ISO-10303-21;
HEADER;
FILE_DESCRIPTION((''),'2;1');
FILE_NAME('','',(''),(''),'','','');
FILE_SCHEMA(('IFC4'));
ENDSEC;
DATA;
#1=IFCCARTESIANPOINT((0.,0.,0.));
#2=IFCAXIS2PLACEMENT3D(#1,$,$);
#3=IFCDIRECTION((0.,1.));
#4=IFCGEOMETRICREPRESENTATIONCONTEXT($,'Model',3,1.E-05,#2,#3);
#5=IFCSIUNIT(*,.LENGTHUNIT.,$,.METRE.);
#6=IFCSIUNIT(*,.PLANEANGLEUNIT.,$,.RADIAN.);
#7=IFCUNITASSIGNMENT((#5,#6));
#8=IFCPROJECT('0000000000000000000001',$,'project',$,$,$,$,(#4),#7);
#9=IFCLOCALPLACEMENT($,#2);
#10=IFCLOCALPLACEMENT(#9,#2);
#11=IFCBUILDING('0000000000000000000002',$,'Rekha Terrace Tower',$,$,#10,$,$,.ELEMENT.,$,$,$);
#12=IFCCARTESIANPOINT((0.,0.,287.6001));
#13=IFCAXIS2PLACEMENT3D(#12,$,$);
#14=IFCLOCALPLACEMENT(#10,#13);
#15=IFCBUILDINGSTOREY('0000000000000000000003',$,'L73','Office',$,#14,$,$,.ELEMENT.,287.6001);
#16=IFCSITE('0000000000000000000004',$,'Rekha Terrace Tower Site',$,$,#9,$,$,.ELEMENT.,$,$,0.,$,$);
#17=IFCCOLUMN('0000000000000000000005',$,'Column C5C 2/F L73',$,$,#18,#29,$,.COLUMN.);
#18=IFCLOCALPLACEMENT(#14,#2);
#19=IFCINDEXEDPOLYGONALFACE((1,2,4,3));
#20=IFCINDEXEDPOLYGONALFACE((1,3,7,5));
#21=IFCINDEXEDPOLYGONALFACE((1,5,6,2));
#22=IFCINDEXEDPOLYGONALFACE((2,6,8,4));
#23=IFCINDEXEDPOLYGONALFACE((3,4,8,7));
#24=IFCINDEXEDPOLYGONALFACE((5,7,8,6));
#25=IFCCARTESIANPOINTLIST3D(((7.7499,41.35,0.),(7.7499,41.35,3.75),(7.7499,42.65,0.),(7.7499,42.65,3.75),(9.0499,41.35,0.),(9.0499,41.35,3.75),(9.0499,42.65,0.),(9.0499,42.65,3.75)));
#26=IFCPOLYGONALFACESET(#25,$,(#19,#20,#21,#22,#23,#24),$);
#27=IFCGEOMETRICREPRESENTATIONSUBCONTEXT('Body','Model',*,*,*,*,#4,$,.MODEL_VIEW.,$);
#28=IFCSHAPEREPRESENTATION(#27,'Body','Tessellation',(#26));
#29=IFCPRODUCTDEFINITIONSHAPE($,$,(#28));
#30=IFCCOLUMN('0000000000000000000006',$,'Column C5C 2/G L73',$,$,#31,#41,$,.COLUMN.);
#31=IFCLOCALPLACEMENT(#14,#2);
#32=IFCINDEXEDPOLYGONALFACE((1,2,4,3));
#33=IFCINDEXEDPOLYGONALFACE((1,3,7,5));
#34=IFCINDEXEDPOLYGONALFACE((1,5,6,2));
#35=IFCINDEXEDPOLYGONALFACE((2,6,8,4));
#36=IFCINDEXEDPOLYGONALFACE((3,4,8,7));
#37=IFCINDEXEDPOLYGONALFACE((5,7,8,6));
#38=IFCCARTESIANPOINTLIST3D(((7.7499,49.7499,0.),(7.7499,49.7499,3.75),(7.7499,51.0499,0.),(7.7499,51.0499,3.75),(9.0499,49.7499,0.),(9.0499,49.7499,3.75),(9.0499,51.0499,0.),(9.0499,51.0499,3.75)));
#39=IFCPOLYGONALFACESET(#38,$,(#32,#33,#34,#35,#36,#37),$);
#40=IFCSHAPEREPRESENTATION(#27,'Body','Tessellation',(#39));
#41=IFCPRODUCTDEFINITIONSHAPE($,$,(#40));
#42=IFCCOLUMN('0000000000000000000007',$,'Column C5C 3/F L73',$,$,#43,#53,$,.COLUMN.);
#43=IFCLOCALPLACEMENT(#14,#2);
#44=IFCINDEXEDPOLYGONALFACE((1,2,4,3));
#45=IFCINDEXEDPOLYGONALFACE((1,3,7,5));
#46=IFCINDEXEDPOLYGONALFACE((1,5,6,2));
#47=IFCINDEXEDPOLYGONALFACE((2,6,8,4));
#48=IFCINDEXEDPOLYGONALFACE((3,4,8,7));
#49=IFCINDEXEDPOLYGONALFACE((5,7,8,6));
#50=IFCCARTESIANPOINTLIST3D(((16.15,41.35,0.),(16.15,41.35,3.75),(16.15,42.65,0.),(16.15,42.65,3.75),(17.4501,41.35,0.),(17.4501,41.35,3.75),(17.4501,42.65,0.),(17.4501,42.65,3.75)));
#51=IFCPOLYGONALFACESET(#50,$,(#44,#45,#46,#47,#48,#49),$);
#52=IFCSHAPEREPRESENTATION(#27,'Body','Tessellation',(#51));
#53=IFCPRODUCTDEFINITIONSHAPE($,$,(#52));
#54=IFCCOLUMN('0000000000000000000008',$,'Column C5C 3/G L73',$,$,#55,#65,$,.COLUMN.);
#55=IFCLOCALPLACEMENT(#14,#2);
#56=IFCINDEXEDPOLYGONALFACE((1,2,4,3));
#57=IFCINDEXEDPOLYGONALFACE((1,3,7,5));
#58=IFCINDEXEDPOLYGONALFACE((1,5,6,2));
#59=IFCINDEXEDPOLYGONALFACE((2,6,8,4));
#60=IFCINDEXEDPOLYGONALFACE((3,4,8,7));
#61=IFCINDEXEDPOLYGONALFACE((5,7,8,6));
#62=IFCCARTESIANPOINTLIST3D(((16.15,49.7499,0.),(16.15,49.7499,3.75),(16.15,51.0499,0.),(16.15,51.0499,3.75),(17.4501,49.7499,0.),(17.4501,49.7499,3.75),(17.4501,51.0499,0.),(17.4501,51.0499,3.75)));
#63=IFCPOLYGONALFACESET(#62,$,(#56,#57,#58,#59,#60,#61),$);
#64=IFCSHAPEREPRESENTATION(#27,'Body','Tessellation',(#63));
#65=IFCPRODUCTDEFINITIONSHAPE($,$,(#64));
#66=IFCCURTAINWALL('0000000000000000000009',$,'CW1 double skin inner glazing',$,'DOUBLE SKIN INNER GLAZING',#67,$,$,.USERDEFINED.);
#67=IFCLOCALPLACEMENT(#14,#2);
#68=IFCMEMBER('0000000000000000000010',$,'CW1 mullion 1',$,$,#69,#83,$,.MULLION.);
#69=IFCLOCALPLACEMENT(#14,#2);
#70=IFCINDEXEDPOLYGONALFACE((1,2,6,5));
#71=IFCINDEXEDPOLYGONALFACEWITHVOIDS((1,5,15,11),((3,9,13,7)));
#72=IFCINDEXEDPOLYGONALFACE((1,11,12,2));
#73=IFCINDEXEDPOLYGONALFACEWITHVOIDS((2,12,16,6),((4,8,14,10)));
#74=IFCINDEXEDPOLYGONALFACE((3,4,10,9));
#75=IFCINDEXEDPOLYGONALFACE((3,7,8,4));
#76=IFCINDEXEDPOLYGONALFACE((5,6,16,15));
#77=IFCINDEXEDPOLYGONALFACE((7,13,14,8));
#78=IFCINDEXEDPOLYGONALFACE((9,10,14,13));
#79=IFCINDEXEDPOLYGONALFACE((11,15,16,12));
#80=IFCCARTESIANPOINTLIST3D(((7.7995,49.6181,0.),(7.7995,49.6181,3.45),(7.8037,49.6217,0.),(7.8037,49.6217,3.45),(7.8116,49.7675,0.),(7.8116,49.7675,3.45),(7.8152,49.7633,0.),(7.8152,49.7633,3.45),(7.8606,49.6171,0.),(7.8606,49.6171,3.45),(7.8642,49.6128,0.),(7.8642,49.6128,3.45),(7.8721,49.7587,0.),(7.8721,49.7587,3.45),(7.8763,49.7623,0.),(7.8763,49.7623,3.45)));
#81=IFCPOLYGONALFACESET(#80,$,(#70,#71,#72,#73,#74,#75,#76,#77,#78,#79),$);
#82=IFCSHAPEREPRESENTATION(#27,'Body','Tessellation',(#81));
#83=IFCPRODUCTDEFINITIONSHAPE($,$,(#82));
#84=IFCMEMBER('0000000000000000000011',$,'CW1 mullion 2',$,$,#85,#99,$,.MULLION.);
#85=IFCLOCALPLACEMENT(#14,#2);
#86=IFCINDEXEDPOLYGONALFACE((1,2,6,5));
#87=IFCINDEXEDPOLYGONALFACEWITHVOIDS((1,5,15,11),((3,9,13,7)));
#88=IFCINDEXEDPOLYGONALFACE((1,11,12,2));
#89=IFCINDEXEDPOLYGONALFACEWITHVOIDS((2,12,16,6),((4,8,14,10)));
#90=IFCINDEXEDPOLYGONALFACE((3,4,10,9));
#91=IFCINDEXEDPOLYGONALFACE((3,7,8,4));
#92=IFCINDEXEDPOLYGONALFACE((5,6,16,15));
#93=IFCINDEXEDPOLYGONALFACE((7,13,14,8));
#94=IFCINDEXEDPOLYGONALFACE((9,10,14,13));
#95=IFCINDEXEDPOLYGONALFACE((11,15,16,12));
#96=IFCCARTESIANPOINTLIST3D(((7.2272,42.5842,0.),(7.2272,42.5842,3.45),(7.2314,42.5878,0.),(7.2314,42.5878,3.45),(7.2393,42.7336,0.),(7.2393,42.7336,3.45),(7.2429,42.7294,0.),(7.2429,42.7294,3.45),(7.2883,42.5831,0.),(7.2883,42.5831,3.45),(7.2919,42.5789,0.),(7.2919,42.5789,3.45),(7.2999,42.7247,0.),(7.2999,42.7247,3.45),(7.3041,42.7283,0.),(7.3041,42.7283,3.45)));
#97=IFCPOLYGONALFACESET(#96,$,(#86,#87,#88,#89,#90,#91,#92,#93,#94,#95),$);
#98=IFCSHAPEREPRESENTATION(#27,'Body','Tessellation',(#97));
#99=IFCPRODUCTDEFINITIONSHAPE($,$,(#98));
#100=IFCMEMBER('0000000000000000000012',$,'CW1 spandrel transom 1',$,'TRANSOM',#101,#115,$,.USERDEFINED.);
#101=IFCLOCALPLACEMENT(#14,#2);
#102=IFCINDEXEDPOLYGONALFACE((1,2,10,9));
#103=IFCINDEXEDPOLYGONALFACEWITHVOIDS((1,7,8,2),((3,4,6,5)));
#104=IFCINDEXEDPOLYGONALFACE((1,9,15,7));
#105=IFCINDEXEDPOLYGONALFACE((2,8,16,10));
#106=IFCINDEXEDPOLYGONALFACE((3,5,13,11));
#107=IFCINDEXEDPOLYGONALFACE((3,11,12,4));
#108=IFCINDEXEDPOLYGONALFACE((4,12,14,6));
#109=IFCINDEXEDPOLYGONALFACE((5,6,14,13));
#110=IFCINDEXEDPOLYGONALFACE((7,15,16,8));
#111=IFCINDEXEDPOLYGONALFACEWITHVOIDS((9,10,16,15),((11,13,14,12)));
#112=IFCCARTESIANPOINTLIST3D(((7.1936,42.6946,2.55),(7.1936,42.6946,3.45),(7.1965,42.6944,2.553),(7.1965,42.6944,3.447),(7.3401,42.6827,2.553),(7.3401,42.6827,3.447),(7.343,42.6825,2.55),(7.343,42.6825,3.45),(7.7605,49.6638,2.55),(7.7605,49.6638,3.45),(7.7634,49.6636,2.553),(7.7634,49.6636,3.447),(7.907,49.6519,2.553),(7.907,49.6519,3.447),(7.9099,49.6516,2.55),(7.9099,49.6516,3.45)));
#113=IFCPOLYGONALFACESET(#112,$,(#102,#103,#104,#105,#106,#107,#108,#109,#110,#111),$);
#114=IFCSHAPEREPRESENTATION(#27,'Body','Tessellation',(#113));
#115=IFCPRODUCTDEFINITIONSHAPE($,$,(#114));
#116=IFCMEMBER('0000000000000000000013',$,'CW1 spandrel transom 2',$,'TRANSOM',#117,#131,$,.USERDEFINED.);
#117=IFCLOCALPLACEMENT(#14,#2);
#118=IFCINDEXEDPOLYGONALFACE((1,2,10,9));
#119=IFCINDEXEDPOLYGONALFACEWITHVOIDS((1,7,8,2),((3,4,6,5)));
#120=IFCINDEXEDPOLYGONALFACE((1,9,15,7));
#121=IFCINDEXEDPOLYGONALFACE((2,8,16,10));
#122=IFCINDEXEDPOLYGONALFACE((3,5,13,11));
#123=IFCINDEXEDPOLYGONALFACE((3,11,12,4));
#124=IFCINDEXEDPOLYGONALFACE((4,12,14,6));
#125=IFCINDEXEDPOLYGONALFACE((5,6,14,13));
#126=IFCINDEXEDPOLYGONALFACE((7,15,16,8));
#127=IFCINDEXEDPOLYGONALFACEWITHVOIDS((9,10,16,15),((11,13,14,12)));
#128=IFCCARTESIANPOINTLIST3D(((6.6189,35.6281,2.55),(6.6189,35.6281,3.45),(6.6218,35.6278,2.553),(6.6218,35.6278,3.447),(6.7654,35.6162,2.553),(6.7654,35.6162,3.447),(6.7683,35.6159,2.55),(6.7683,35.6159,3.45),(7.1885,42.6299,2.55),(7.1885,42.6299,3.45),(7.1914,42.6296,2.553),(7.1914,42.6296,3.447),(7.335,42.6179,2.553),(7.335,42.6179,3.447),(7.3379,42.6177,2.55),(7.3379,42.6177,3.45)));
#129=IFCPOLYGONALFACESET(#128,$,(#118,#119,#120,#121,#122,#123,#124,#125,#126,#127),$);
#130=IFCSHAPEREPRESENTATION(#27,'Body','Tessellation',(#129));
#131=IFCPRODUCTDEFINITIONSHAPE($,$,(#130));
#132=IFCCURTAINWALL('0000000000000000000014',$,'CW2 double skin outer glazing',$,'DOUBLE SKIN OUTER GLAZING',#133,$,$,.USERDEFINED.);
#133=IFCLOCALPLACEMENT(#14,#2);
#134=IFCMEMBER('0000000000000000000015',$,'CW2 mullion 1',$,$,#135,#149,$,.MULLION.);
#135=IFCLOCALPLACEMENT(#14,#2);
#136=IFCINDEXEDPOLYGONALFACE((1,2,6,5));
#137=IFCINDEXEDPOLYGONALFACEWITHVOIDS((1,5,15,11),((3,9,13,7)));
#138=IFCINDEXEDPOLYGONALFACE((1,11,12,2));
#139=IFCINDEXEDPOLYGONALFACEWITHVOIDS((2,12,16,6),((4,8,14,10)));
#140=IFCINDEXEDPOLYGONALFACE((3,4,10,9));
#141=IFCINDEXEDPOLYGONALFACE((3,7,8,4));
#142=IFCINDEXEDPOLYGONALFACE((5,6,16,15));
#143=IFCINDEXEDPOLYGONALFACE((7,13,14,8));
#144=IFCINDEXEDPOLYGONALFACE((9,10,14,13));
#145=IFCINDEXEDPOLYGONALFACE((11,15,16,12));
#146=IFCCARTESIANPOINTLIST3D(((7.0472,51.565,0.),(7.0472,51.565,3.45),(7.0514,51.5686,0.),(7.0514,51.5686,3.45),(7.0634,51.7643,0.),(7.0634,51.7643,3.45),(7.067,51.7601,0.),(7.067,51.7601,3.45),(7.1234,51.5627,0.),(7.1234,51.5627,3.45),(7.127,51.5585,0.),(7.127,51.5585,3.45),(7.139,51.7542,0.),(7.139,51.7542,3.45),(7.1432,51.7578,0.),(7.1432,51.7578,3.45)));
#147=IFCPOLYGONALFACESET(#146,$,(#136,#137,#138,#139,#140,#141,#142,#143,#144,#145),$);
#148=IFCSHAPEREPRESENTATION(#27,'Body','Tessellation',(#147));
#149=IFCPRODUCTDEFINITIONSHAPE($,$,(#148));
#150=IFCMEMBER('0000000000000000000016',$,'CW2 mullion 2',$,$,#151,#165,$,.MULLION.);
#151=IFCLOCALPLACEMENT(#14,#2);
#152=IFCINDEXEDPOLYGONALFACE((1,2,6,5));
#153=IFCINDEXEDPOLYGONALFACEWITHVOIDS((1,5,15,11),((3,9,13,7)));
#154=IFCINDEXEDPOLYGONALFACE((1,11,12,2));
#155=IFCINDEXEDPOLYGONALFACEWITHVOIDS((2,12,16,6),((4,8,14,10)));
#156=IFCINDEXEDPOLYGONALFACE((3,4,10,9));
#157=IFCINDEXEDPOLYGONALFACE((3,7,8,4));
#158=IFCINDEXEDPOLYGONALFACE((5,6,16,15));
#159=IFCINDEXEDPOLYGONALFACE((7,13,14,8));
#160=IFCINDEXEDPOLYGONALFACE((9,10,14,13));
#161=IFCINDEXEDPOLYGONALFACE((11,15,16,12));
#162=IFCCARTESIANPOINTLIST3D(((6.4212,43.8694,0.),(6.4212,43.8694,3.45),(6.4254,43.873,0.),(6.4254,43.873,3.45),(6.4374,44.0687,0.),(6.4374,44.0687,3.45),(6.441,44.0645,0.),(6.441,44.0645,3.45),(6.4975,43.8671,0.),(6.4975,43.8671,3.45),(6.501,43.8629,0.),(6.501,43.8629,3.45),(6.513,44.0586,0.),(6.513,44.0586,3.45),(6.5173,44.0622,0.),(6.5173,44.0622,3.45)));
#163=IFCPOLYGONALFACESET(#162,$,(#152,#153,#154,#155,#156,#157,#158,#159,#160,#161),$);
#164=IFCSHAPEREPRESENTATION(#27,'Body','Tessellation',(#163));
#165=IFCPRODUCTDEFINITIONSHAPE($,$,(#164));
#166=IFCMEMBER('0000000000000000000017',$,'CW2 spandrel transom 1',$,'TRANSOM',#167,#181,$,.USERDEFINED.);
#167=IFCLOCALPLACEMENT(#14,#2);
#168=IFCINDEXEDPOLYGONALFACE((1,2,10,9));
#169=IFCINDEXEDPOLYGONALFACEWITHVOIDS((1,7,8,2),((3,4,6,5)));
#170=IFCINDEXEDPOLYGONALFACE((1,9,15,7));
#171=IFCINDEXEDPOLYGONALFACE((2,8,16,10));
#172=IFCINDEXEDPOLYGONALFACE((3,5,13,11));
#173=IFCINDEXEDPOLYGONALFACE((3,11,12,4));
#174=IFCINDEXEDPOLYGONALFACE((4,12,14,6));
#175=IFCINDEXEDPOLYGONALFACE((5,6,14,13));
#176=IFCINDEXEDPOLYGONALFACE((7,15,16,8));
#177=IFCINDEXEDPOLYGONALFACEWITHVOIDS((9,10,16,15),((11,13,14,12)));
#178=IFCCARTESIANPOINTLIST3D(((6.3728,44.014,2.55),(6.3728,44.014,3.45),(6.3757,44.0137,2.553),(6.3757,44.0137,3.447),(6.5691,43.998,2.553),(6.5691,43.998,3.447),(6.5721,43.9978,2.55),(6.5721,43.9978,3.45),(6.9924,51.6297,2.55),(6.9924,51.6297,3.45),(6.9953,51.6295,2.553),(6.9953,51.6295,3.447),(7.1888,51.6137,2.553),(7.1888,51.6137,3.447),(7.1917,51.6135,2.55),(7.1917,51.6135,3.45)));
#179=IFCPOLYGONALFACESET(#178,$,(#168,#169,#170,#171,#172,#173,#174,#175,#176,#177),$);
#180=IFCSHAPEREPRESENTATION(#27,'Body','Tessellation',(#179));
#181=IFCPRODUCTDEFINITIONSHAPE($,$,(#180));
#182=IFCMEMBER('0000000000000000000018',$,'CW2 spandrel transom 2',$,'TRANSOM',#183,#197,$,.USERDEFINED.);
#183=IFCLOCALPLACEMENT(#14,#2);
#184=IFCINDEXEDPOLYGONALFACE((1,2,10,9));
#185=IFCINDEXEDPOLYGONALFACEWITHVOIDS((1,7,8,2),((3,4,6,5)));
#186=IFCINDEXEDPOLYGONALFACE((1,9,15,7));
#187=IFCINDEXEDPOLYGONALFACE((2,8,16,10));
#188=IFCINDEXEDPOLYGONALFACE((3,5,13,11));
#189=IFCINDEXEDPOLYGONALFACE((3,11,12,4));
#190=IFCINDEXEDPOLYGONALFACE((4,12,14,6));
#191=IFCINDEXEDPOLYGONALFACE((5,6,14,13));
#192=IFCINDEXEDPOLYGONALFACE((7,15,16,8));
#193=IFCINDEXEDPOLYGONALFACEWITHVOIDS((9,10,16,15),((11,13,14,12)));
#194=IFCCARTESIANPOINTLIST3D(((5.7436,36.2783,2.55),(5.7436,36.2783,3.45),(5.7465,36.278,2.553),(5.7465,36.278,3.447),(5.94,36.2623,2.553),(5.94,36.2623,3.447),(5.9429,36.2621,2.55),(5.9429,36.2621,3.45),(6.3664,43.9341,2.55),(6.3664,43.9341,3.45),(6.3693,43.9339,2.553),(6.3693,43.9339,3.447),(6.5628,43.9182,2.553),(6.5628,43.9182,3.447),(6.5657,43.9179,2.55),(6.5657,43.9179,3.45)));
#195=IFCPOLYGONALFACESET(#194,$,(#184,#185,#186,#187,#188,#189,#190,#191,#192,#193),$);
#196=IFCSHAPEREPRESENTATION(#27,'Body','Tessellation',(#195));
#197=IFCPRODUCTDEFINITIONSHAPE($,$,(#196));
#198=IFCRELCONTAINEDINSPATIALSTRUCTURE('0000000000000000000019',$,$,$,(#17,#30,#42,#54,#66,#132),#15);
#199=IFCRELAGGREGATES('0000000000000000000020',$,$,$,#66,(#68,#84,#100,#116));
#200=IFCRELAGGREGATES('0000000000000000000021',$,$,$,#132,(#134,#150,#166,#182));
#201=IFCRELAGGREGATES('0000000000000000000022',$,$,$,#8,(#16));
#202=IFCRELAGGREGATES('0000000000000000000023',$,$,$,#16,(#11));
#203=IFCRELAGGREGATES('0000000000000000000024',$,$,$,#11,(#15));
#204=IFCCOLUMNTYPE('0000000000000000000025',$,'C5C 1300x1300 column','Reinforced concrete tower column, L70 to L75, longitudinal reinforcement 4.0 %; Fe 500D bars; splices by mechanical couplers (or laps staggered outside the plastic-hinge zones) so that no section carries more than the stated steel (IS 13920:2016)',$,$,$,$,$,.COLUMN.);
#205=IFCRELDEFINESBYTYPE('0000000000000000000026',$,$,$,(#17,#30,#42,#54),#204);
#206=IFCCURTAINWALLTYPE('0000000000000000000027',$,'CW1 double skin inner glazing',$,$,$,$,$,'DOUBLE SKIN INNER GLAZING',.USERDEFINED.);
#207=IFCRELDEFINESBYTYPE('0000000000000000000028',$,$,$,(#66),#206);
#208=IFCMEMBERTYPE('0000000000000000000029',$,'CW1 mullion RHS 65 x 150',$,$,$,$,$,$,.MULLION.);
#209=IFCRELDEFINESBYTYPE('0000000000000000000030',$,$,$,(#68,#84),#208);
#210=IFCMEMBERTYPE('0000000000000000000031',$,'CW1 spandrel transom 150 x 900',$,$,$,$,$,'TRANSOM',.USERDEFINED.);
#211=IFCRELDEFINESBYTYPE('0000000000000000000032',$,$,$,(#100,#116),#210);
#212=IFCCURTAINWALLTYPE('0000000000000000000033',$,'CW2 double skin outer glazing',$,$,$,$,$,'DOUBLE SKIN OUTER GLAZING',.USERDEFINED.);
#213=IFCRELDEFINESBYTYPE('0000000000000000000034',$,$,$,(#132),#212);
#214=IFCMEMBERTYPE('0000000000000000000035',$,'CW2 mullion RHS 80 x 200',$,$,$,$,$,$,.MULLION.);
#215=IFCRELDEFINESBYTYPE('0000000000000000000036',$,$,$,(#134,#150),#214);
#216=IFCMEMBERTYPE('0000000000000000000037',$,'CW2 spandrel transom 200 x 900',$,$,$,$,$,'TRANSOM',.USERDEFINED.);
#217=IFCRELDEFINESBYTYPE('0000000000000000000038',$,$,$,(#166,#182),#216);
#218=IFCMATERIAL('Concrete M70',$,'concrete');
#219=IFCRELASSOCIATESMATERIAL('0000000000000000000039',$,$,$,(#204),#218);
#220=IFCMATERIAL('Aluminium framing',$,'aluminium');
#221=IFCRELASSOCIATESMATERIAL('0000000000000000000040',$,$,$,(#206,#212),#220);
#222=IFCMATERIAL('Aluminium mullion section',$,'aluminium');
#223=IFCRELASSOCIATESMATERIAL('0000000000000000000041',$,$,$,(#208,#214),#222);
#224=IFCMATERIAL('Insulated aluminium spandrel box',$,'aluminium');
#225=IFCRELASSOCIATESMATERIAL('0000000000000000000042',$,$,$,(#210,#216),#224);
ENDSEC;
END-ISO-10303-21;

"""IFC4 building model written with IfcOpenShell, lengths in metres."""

from ifc_helpers import new_model, si_unit, direction, frame, origin, origin_2d, place, context, subcontext, project, spatial, rectangle, hollow_rectangle, extrude, material, material_profile, profile_set, type_object, element, aggregate, save


model = new_model("IFC4")

# Units and contexts
model_context = context("Model", 3, precision=1e-05, world=origin(), true_north=direction((0.0, 1.0)))
body_context = subcontext(model_context, "Body", "Model", "MODEL_VIEW")
ifc_project = project(units=[si_unit("LENGTHUNIT", "METRE"), si_unit("PLANEANGLEUNIT", "RADIAN")], contexts=[model_context])

# Site, building, storey
site_placement = place(None, origin())
site = spatial("IfcSite", under=ifc_project, at=site_placement, Name="Rekha Terrace Tower Site", CompositionType="ELEMENT", RefElevation=0.0)
building_placement = place(site_placement, origin())
building = spatial("IfcBuilding", under=site, at=building_placement, Name="Rekha Terrace Tower", CompositionType="ELEMENT")
storey_placement = place(building_placement, frame((0.0, 0.0, 287.6001)))
storey = spatial("IfcBuildingStorey", under=building, at=storey_placement, Name="L73", Description="Office", CompositionType="ELEMENT", Elevation=287.6001)

# Columns
ifc_material_1 = material(Name="Concrete M70", Category="concrete")
ifc_material_profile_1 = material_profile(ifc_material_1, rectangle(XDim=1.3, YDim=1.3, at=origin_2d()), Name="RC 1300x1300")
ifc_profile_set_1 = profile_set([ifc_material_profile_1], Name="Concrete M70")
column_type = type_object("IfcColumnType", Name="C5C 1300x1300 column", Description="Reinforced concrete tower column, L70 to L75, longitudinal reinforcement 4.0 %; Fe 500D bars; splices by mechanical couplers (or laps staggered outside the plastic-hinge zones) so that no section carries more than the stated steel (IS 13920:2016)", PredefinedType="COLUMN", material=ifc_profile_set_1)
for number, where, z_axis, x_axis, name in (
    (1, (8.3999, 42.0, 0.0), (0.0, 0.0, 1.0), (1.0, 0.0, 0.0), "Column C5C 2/F L73"),
    (2, (8.3999, 50.3999, 0.0), (0.0, 0.0, 1.0), (1.0, 0.0, 0.0), "Column C5C 2/G L73"),
    (3, (16.8, 42.0, 0.0), (0.0, 0.0, 1.0), (1.0, 0.0, 0.0), "Column C5C 3/F L73"),
    (4, (16.8, 50.3999, 0.0), (0.0, 0.0, 1.0), (1.0, 0.0, 0.0), "Column C5C 3/G L73"),
):
    element("IfcColumn", number, at=place(storey_placement, frame(where, z_axis=z_axis, x_axis=x_axis)), inside=storey, type_object=column_type, Name=name, PredefinedType="COLUMN", context=body_context, shape_type="SweptSolid", body=[
        extrude(rectangle(XDim=1.3, YDim=1.3, at=origin_2d()), origin(), (0.0, 0.0, 1.0), 3.75),
    ])

# Curtain walls, members
ifc_material_2 = material(Name="Aluminium framing", Category="aluminium")
curtain_wall_type_1 = type_object("IfcCurtainWallType", Name="CW1 double skin inner glazing", ElementType="DOUBLE SKIN INNER GLAZING", PredefinedType="USERDEFINED", material=ifc_material_2)
curtain_wall_1_placement = place(storey_placement, origin())
curtain_wall_1 = element("IfcCurtainWall", 5, at=curtain_wall_1_placement, inside=storey, type_object=curtain_wall_type_1, Name="CW1 double skin inner glazing", ObjectType="DOUBLE SKIN INNER GLAZING", PredefinedType="USERDEFINED")
ifc_material_3 = material(Name="Aluminium mullion section", Category="aluminium")
ifc_material_profile_2 = material_profile(ifc_material_3, hollow_rectangle(XDim=0.0649, YDim=0.1499, WallThickness=0.0039, at=origin_2d()), Name="AL RHS 65x150")
ifc_profile_set_2 = profile_set([ifc_material_profile_2], Name="Aluminium mullion section")
member_type_1 = type_object("IfcMemberType", Name="CW1 mullion RHS 65 x 150", PredefinedType="MULLION", material=ifc_profile_set_2)
member_1_placement = place(storey_placement, frame((7.8379, 49.6902, 0.0), z_axis=(0.0, 0.0, 1.0), x_axis=(0.996709, -0.081068, 0.0)))
member_1 = element("IfcMember", 6, at=member_1_placement, type_object=member_type_1, Name="CW1 mullion 1", PredefinedType="MULLION", context=body_context, shape_type="SweptSolid", body=[
    extrude(hollow_rectangle(XDim=0.0649, YDim=0.1499, WallThickness=0.0039, at=origin_2d()), origin(), (0.0, 0.0, 1.0), 3.45),
])
member_2_placement = place(storey_placement, frame((7.2656, 42.6562, 0.0), z_axis=(0.0, 0.0, 1.0), x_axis=(0.996709, -0.081068, 0.0)))
member_2 = element("IfcMember", 7, at=member_2_placement, type_object=member_type_1, Name="CW1 mullion 2", PredefinedType="MULLION", context=body_context, shape_type="SweptSolid", body=[
    extrude(hollow_rectangle(XDim=0.0649, YDim=0.1499, WallThickness=0.0039, at=origin_2d()), origin(), (0.0, 0.0, 1.0), 3.45),
])
ifc_material_4 = material(Name="Insulated aluminium spandrel box", Category="aluminium")
ifc_material_profile_3 = material_profile(ifc_material_4, hollow_rectangle(XDim=0.1499, YDim=0.8999, WallThickness=0.0029, at=origin_2d()), Name="AL SPANDREL BOX 150x900")
ifc_profile_set_3 = profile_set([ifc_material_profile_3], Name="Insulated aluminium spandrel box")
member_type_2 = type_object("IfcMemberType", Name="CW1 spandrel transom 150 x 900", ElementType="TRANSOM", PredefinedType="USERDEFINED", material=ifc_profile_set_3)
member_3_placement = place(storey_placement, frame((7.8352, 49.6577, 3.0), z_axis=(-0.081075, -0.996708, 0.0), x_axis=(0.996708, -0.081075, 0.0)))
member_3 = element("IfcMember", 8, at=member_3_placement, type_object=member_type_2, Name="CW1 spandrel transom 1", ObjectType="TRANSOM", PredefinedType="USERDEFINED", context=body_context, shape_type="SweptSolid", body=[
    extrude(hollow_rectangle(XDim=0.1499, YDim=0.8999, WallThickness=0.0029, at=origin_2d()), origin(), (0.0, 0.0, 1.0), 6.9922),
])
member_4_placement = place(storey_placement, frame((7.2632, 42.6238, 3.0), z_axis=(-0.081081, -0.996708, 0.0), x_axis=(0.996708, -0.081081, 0.0)))
member_4 = element("IfcMember", 9, at=member_4_placement, type_object=member_type_2, Name="CW1 spandrel transom 2", ObjectType="TRANSOM", PredefinedType="USERDEFINED", context=body_context, shape_type="SweptSolid", body=[
    extrude(hollow_rectangle(XDim=0.1499, YDim=0.8999, WallThickness=0.0029, at=origin_2d()), origin(), (0.0, 0.0, 1.0), 7.0249),
])
curtain_wall_type_2 = type_object("IfcCurtainWallType", Name="CW2 double skin outer glazing", ElementType="DOUBLE SKIN OUTER GLAZING", PredefinedType="USERDEFINED", material=ifc_material_2)
curtain_wall_2_placement = place(storey_placement, origin())
curtain_wall_2 = element("IfcCurtainWall", 10, at=curtain_wall_2_placement, inside=storey, type_object=curtain_wall_type_2, Name="CW2 double skin outer glazing", ObjectType="DOUBLE SKIN OUTER GLAZING", PredefinedType="USERDEFINED")
ifc_material_profile_4 = material_profile(ifc_material_3, hollow_rectangle(XDim=0.0801, YDim=0.2, WallThickness=0.0039, at=origin_2d()), Name="AL RHS 80x200")
ifc_profile_set_4 = profile_set([ifc_material_profile_4], Name="Aluminium mullion section")
member_type_3 = type_object("IfcMemberType", Name="CW2 mullion RHS 80 x 200", PredefinedType="MULLION", material=ifc_profile_set_4)
member_5_placement = place(storey_placement, frame((7.0952, 51.6614, 0.0), z_axis=(0.0, 0.0, 1.0), x_axis=(0.996709, -0.081068, 0.0)))
member_5 = element("IfcMember", 11, at=member_5_placement, type_object=member_type_3, Name="CW2 mullion 1", PredefinedType="MULLION", context=body_context, shape_type="SweptSolid", body=[
    extrude(hollow_rectangle(XDim=0.0801, YDim=0.2, WallThickness=0.0039, at=origin_2d()), origin(), (0.0, 0.0, 1.0), 3.45),
])
member_6_placement = place(storey_placement, frame((6.4692, 43.9658, 0.0), z_axis=(0.0, 0.0, 1.0), x_axis=(0.996709, -0.081068, 0.0)))
member_6 = element("IfcMember", 12, at=member_6_placement, type_object=member_type_3, Name="CW2 mullion 2", PredefinedType="MULLION", context=body_context, shape_type="SweptSolid", body=[
    extrude(hollow_rectangle(XDim=0.0801, YDim=0.2, WallThickness=0.0039, at=origin_2d()), origin(), (0.0, 0.0, 1.0), 3.45),
])
ifc_material_profile_5 = material_profile(ifc_material_4, hollow_rectangle(XDim=0.2, YDim=0.8999, WallThickness=0.0029, at=origin_2d()), Name="AL SPANDREL BOX 200x900")
ifc_profile_set_5 = profile_set([ifc_material_profile_5], Name="Insulated aluminium spandrel box")
member_type_4 = type_object("IfcMemberType", Name="CW2 spandrel transom 200 x 900", ElementType="TRANSOM", PredefinedType="USERDEFINED", material=ifc_profile_set_5)
member_7_placement = place(storey_placement, frame((7.092, 51.6216, 3.0), z_axis=(-0.081094, -0.996706, 0.0), x_axis=(0.996706, -0.081094, 0.0)))
member_7 = element("IfcMember", 13, at=member_7_placement, type_object=member_type_4, Name="CW2 spandrel transom 1", ObjectType="TRANSOM", PredefinedType="USERDEFINED", context=body_context, shape_type="SweptSolid", body=[
    extrude(hollow_rectangle(XDim=0.2, YDim=0.8999, WallThickness=0.0029, at=origin_2d()), origin(), (0.0, 0.0, 1.0), 7.6409),
])
member_8_placement = place(storey_placement, frame((6.4661, 43.926, 3.0), z_axis=(-0.081083, -0.996707, 0.0), x_axis=(0.996707, -0.081083, 0.0)))
member_8 = element("IfcMember", 14, at=member_8_placement, type_object=member_type_4, Name="CW2 spandrel transom 2", ObjectType="TRANSOM", PredefinedType="USERDEFINED", context=body_context, shape_type="SweptSolid", body=[
    extrude(hollow_rectangle(XDim=0.2, YDim=0.8999, WallThickness=0.0029, at=origin_2d()), origin(), (0.0, 0.0, 1.0), 7.6812),
])

aggregate(curtain_wall_1, [member_1, member_2, member_3, member_4])
aggregate(curtain_wall_2, [member_5, member_6, member_7, member_8])

save(model, "model.ifc")
